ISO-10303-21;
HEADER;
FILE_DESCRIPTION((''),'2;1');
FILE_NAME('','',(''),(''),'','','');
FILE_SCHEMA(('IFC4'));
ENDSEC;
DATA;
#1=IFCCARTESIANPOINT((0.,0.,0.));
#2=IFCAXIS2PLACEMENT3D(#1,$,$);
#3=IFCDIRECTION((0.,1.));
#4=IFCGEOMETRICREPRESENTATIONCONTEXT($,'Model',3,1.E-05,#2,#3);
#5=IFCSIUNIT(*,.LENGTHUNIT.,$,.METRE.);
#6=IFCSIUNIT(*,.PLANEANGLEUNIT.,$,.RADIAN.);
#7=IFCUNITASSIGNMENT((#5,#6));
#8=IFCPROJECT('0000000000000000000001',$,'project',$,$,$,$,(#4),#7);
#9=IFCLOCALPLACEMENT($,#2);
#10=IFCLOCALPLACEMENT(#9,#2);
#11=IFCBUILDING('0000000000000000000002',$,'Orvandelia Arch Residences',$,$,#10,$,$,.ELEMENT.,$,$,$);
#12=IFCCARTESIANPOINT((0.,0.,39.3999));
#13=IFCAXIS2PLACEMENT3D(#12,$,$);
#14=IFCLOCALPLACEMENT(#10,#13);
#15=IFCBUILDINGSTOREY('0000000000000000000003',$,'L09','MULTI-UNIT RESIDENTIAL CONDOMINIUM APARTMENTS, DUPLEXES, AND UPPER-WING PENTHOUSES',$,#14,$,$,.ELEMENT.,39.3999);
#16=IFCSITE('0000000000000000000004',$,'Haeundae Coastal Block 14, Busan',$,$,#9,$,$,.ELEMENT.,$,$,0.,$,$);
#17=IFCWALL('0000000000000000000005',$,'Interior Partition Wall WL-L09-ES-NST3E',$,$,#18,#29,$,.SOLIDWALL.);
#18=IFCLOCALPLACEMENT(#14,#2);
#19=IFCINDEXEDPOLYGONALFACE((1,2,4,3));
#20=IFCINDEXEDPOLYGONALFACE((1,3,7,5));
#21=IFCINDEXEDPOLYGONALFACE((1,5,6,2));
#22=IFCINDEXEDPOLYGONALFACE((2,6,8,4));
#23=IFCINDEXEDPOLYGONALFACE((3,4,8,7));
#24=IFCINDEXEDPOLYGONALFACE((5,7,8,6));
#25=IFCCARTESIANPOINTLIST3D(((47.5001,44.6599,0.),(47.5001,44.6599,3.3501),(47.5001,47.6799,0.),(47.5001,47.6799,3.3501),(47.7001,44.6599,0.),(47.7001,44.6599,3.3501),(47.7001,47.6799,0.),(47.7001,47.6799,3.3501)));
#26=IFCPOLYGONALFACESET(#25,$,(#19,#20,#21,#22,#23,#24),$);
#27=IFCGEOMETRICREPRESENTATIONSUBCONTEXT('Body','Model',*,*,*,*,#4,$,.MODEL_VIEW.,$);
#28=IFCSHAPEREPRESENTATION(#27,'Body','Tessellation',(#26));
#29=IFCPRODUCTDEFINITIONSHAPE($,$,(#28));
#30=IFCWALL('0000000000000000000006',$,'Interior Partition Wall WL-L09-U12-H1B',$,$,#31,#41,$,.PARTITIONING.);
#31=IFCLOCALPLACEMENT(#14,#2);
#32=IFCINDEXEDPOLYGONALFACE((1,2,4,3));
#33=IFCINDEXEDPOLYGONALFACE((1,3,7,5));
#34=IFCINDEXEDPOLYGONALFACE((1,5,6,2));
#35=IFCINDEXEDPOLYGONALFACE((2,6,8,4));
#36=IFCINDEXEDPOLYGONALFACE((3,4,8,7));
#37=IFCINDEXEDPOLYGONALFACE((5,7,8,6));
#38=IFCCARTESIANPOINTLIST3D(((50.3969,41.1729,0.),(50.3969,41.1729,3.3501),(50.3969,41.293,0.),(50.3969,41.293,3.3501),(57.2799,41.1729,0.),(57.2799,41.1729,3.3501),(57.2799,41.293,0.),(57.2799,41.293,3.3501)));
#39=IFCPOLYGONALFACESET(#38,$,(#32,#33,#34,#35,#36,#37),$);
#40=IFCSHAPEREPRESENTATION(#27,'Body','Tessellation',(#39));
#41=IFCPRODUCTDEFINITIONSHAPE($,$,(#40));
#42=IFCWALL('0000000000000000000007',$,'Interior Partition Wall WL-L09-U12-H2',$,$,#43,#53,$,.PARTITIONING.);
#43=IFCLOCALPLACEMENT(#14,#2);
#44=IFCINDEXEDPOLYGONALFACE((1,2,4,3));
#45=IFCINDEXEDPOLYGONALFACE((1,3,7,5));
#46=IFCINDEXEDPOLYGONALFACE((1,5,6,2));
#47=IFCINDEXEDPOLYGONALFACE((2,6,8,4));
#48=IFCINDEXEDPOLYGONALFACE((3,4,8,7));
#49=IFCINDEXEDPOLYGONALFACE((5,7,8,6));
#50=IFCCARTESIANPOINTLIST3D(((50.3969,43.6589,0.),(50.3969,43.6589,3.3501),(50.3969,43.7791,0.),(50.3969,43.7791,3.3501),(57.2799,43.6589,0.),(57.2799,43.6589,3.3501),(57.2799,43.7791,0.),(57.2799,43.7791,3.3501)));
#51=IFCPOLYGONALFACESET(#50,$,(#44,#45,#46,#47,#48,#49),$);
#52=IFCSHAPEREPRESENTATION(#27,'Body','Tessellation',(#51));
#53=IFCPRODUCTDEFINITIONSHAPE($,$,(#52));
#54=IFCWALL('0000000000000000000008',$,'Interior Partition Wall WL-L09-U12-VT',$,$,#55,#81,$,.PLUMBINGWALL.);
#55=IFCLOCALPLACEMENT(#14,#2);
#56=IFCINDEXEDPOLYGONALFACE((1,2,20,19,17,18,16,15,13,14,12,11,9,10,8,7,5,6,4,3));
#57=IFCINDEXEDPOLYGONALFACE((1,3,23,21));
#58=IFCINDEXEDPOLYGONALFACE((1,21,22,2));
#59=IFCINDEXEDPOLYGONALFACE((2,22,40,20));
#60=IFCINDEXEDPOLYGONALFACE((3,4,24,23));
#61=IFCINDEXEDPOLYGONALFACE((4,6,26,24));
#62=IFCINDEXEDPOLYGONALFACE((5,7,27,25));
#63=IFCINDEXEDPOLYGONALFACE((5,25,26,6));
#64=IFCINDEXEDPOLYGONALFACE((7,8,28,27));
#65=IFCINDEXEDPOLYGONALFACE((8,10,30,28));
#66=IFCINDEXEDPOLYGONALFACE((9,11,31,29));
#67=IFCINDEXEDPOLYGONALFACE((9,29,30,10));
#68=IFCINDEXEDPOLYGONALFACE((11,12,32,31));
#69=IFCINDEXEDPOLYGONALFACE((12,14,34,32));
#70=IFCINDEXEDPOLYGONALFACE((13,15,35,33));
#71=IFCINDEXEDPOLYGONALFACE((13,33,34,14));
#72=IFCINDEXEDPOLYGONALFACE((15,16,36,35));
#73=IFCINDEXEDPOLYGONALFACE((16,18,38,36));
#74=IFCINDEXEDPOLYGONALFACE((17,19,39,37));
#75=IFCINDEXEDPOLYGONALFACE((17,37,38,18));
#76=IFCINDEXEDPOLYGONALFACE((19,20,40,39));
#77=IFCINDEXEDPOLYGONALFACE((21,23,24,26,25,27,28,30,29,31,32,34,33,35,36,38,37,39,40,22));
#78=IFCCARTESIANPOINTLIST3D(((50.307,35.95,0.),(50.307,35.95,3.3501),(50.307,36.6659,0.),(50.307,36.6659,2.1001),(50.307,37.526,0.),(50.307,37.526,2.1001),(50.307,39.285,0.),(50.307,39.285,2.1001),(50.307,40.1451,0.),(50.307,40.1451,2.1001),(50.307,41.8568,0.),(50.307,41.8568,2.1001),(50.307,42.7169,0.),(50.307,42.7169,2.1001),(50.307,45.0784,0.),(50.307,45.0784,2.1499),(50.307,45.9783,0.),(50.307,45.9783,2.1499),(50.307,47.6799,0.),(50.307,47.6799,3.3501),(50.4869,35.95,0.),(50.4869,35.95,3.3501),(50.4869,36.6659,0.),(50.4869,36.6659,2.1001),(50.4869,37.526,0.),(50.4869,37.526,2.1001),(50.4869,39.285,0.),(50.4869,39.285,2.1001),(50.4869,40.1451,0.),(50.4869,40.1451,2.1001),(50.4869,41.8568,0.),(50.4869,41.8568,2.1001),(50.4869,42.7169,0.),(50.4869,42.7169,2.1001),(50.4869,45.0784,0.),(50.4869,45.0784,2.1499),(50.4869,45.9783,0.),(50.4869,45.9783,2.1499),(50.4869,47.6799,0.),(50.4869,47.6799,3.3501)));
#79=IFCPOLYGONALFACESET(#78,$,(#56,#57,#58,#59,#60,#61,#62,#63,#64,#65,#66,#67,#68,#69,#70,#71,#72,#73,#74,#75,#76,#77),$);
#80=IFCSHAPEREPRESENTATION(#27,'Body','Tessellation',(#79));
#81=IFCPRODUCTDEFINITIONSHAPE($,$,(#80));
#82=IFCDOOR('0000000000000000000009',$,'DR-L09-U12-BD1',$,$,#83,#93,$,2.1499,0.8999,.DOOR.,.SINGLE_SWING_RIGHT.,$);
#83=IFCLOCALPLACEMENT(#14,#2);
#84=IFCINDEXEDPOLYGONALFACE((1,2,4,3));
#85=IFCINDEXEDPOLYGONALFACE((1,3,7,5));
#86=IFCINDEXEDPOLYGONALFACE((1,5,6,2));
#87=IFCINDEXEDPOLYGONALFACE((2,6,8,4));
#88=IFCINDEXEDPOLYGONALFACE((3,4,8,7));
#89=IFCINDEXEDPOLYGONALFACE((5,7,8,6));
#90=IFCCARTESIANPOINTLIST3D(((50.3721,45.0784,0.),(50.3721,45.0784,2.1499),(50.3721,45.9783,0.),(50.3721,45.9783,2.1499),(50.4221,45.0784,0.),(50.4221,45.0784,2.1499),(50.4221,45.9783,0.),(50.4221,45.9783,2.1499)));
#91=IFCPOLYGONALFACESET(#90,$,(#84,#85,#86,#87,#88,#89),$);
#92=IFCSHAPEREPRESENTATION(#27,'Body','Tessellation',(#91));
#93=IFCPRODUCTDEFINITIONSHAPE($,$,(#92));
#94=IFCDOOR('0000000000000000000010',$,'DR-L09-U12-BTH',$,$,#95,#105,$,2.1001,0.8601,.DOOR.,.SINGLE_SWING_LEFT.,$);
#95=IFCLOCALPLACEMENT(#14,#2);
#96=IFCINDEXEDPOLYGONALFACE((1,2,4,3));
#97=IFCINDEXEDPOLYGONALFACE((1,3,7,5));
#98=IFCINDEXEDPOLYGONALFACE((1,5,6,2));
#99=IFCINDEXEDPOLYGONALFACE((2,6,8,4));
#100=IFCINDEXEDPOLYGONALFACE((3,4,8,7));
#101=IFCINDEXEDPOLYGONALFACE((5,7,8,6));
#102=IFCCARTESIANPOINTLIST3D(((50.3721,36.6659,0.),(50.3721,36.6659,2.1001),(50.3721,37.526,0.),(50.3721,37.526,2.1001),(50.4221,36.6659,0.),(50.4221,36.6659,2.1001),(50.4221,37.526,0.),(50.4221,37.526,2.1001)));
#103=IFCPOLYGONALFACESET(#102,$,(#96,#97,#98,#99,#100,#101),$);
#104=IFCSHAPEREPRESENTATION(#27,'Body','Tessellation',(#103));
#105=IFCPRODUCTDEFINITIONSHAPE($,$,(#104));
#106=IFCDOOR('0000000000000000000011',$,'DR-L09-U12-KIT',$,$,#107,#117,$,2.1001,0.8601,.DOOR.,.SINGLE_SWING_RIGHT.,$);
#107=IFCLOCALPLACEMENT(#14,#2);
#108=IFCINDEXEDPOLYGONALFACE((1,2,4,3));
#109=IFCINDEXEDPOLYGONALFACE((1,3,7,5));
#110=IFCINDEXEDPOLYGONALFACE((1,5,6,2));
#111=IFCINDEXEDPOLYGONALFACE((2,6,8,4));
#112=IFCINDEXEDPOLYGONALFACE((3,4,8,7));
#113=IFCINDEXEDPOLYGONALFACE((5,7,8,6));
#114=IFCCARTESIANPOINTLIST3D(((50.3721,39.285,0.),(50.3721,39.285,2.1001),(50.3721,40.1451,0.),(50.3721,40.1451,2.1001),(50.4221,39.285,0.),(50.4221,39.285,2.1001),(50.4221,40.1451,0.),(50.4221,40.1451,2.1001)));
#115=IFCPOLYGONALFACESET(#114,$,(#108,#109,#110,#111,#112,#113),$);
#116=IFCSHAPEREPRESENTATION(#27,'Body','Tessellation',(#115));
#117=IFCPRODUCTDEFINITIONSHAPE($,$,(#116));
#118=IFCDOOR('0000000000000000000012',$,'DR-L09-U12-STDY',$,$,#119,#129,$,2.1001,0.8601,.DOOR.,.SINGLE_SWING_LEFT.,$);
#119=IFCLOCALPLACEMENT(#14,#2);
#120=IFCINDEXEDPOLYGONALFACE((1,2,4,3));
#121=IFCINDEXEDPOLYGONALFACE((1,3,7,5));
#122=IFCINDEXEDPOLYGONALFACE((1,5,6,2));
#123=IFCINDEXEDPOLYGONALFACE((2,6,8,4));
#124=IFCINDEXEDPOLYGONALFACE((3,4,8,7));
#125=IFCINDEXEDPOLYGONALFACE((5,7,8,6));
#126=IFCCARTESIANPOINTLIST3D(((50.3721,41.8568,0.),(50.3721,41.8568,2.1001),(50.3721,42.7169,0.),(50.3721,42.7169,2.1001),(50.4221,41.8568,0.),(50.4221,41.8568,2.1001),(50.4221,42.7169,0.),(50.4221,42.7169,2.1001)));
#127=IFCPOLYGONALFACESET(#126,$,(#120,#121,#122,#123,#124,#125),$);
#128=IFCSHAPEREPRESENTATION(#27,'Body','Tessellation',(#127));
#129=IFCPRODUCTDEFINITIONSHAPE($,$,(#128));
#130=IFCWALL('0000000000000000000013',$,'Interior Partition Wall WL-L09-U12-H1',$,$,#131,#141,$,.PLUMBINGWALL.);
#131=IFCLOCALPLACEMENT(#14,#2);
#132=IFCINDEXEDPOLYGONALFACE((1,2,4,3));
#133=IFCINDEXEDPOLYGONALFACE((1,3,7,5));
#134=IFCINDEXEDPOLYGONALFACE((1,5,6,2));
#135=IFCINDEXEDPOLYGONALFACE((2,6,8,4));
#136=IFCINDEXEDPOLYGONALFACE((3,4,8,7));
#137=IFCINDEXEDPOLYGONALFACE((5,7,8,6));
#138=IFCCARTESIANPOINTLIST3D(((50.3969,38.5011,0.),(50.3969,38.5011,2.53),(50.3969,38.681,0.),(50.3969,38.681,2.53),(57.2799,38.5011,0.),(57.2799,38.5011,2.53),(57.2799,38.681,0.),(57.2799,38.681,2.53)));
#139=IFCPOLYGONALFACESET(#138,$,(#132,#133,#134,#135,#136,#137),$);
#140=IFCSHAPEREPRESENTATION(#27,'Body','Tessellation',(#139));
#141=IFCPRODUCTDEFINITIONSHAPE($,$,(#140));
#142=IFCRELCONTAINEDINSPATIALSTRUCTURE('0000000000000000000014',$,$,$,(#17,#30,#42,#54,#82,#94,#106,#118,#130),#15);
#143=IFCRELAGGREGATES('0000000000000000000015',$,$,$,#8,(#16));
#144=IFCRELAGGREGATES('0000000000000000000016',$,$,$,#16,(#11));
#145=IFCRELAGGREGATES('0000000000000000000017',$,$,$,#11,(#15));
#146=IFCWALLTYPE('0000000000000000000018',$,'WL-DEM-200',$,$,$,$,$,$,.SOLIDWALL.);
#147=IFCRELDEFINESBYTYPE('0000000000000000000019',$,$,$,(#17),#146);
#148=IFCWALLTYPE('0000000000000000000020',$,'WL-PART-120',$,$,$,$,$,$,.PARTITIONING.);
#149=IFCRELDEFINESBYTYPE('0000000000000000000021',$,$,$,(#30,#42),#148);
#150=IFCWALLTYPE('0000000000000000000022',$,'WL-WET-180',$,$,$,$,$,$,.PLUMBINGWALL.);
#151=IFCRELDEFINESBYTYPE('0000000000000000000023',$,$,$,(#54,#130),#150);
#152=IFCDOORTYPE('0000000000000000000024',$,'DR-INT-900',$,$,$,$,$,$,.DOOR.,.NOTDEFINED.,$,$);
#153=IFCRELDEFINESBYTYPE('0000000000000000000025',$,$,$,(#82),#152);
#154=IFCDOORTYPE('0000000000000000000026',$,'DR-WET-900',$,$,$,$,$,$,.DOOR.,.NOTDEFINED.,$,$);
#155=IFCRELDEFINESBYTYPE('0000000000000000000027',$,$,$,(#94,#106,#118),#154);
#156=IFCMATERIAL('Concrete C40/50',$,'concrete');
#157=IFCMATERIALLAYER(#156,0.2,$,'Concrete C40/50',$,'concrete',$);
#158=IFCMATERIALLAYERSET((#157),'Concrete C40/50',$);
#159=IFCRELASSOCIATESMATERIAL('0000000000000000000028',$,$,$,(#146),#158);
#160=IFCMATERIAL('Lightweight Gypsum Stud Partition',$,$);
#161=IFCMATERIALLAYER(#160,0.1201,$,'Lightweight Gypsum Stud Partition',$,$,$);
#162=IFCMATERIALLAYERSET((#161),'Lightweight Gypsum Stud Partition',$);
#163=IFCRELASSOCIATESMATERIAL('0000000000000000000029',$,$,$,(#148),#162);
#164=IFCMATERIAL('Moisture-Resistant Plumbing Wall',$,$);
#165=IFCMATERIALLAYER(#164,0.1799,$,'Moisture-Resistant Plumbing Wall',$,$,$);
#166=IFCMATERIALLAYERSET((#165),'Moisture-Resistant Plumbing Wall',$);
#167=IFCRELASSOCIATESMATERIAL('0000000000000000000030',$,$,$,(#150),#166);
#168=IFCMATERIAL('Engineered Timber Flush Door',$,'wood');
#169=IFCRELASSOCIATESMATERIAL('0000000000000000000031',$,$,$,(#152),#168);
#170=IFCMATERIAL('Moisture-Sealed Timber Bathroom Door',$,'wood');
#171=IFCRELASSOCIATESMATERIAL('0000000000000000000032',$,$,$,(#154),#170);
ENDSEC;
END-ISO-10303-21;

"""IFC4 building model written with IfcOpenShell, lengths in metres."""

from ifc_helpers import new_model, si_unit, direction, frame, frame_2d, origin, place, context, subcontext, project, spatial, rectangle, extrude, material, layer, layer_set, type_object, element, fill, save


model = new_model("IFC4")

# Units and contexts
model_context = context("Model", 3, precision=1e-05, world=origin(), true_north=direction((0.0, 1.0)))
body_context = subcontext(model_context, "Body", "Model", "MODEL_VIEW")
ifc_project = project(units=[si_unit("LENGTHUNIT", "METRE"), si_unit("PLANEANGLEUNIT", "RADIAN")], contexts=[model_context])

# Site, building, storey
site_placement = place(None, origin())
site = spatial("IfcSite", under=ifc_project, at=site_placement, Name="Haeundae Coastal Block 14, Busan", CompositionType="ELEMENT", RefElevation=0.0)
building_placement = place(site_placement, origin())
building = spatial("IfcBuilding", under=site, at=building_placement, Name="Orvandelia Arch Residences", CompositionType="ELEMENT")
storey_placement = place(building_placement, frame((0.0, 0.0, 39.3999)))
storey = spatial("IfcBuildingStorey", under=building, at=storey_placement, Name="L09", Description="MULTI-UNIT RESIDENTIAL CONDOMINIUM APARTMENTS, DUPLEXES, AND UPPER-WING PENTHOUSES", CompositionType="ELEMENT", Elevation=39.3999)

# Walls
ifc_material_1 = material(Name="Concrete C40/50", Category="concrete")
ifc_layer_1 = layer(ifc_material_1, 0.2, Name="Concrete C40/50", Category="concrete")
ifc_layer_set_1 = layer_set([ifc_layer_1], Name="Concrete C40/50")
wall_type_1 = type_object("IfcWallType", Name="WL-DEM-200", PredefinedType="SOLIDWALL", material=ifc_layer_set_1)
wall_1_placement = place(storey_placement, frame((47.6001, 44.6599, 0.0), z_axis=(0.0, 0.0, 1.0), x_axis=(0.0, 1.0, 0.0)))
element("IfcWall", 1, at=wall_1_placement, inside=storey, type_object=wall_type_1, Name="Interior Partition Wall WL-L09-ES-NST3E", PredefinedType="SOLIDWALL", context=body_context, shape_type="SweptSolid", body=[
    extrude(rectangle(XDim=3.02, YDim=0.2, at=frame_2d((1.51, 0.0))), origin(), (0.0, 0.0, 1.0), 3.3501),
])
ifc_material_2 = material(Name="Lightweight Gypsum Stud Partition")
ifc_layer_2 = layer(ifc_material_2, 0.1201, Name="Lightweight Gypsum Stud Partition")
ifc_layer_set_2 = layer_set([ifc_layer_2], Name="Lightweight Gypsum Stud Partition")
wall_type_2 = type_object("IfcWallType", Name="WL-PART-120", PredefinedType="PARTITIONING", material=ifc_layer_set_2)
for number, where, z_axis, x_axis, name in (
    (2, (50.397, 41.2329, 0.0), (0.0, 0.0, 1.0), (1.0, 0.0, 0.0), "Interior Partition Wall WL-L09-U12-H1B"),
    (3, (50.397, 43.719, 0.0), (0.0, 0.0, 1.0), (1.0, 0.0, 0.0), "Interior Partition Wall WL-L09-U12-H2"),
):
    element("IfcWall", number, at=place(storey_placement, frame(where, z_axis=z_axis, x_axis=x_axis)), inside=storey, type_object=wall_type_2, Name=name, PredefinedType="PARTITIONING", context=body_context, shape_type="SweptSolid", body=[
        extrude(rectangle(XDim=6.8831, YDim=0.1201, at=frame_2d((3.4414, 0.0))), origin(), (0.0, 0.0, 1.0), 3.3501),
    ])

# Wall, openings, doors
ifc_material_3 = material(Name="Moisture-Resistant Plumbing Wall")
ifc_layer_3 = layer(ifc_material_3, 0.1799, Name="Moisture-Resistant Plumbing Wall")
ifc_layer_set_3 = layer_set([ifc_layer_3], Name="Moisture-Resistant Plumbing Wall")
wall_type_3 = type_object("IfcWallType", Name="WL-WET-180", PredefinedType="PLUMBINGWALL", material=ifc_layer_set_3)
wall_2_placement = place(storey_placement, frame((50.397, 35.95, 0.0), z_axis=(0.0, 0.0, 1.0), x_axis=(0.0, 1.0, 0.0)))
wall_2 = element("IfcWall", 4, at=wall_2_placement, inside=storey, type_object=wall_type_3, Name="Interior Partition Wall WL-L09-U12-VT", PredefinedType="PLUMBINGWALL", context=body_context, shape_type="SweptSolid", body=[
    extrude(rectangle(XDim=11.73, YDim=0.1799, at=frame_2d((5.865, 0.0))), origin(), (0.0, 0.0, 1.0), 3.3501),
])
opening_1_placement = place(wall_2_placement, frame((0.7158, 0.0, 0.0)))
opening_1 = element("IfcOpeningElement", 5, at=opening_1_placement, cuts=wall_2, PredefinedType="OPENING", context=body_context, shape_type="SweptSolid", body=[
    extrude(rectangle(XDim=0.8601, YDim=2.1001, at=frame_2d((0.4302, 1.05))), frame((0.0, 0.1001, 0.0), z_axis=(0.0, -1.0, 0.0), x_axis=(1.0, 0.0, 0.0)), (0.0, 0.0, 1.0), 0.2),
])
opening_2_placement = place(wall_2_placement, frame((3.335, 0.0, 0.0)))
opening_2 = element("IfcOpeningElement", 6, at=opening_2_placement, cuts=wall_2, PredefinedType="OPENING", context=body_context, shape_type="SweptSolid", body=[
    extrude(rectangle(XDim=0.8601, YDim=2.1001, at=frame_2d((0.4302, 1.05))), frame((0.0, 0.1001, 0.0), z_axis=(0.0, -1.0, 0.0), x_axis=(1.0, 0.0, 0.0)), (0.0, 0.0, 1.0), 0.2),
])
opening_3_placement = place(wall_2_placement, frame((5.9067, 0.0, 0.0)))
opening_3 = element("IfcOpeningElement", 7, at=opening_3_placement, cuts=wall_2, PredefinedType="OPENING", context=body_context, shape_type="SweptSolid", body=[
    extrude(rectangle(XDim=0.8601, YDim=2.1001, at=frame_2d((0.4302, 1.05))), frame((0.0, 0.1001, 0.0), z_axis=(0.0, -1.0, 0.0), x_axis=(1.0, 0.0, 0.0)), (0.0, 0.0, 1.0), 0.2),
])
opening_4_placement = place(wall_2_placement, frame((9.1284, 0.0, 0.0)))
opening_4 = element("IfcOpeningElement", 8, at=opening_4_placement, cuts=wall_2, PredefinedType="OPENING", context=body_context, shape_type="SweptSolid", body=[
    extrude(rectangle(XDim=0.8999, YDim=2.1499, at=frame_2d((0.45, 1.075))), frame((0.0, 0.1001, 0.0), z_axis=(0.0, -1.0, 0.0), x_axis=(1.0, 0.0, 0.0)), (0.0, 0.0, 1.0), 0.2),
])
ifc_material_4 = material(Name="Engineered Timber Flush Door", Category="wood")
door_type_1 = type_object("IfcDoorType", Name="DR-INT-900", OperationType="NOTDEFINED", PredefinedType="DOOR", material=ifc_material_4)
door_1_placement = place(opening_4_placement, origin())
door_1 = element("IfcDoor", 9, at=door_1_placement, inside=storey, type_object=door_type_1, Name="DR-L09-U12-BD1", OperationType="SINGLE_SWING_RIGHT", OverallHeight=2.1499, OverallWidth=0.8999, PredefinedType="DOOR", context=body_context, shape_type="SweptSolid", body=[
    extrude(rectangle(XDim=0.8999, YDim=2.1499, at=frame_2d((0.45, 1.075))), frame((0.0, 0.0249, 0.0), z_axis=(0.0, -1.0, 0.0), x_axis=(1.0, 0.0, 0.0)), (0.0, 0.0, 1.0), 0.05),
])
fill(opening_4, door_1)
ifc_material_5 = material(Name="Moisture-Sealed Timber Bathroom Door", Category="wood")
door_type_2 = type_object("IfcDoorType", Name="DR-WET-900", OperationType="NOTDEFINED", PredefinedType="DOOR", material=ifc_material_5)
door_2_placement = place(opening_1_placement, origin())
door_2 = element("IfcDoor", 10, at=door_2_placement, inside=storey, type_object=door_type_2, Name="DR-L09-U12-BTH", OperationType="SINGLE_SWING_LEFT", OverallHeight=2.1001, OverallWidth=0.8601, PredefinedType="DOOR", context=body_context, shape_type="SweptSolid", body=[
    extrude(rectangle(XDim=0.8601, YDim=2.1001, at=frame_2d((0.4302, 1.05))), frame((0.0, 0.0249, 0.0), z_axis=(0.0, -1.0, 0.0), x_axis=(1.0, 0.0, 0.0)), (0.0, 0.0, 1.0), 0.05),
])
fill(opening_1, door_2)
door_3_placement = place(opening_2_placement, origin())
door_3 = element("IfcDoor", 11, at=door_3_placement, inside=storey, type_object=door_type_2, Name="DR-L09-U12-KIT", OperationType="SINGLE_SWING_RIGHT", OverallHeight=2.1001, OverallWidth=0.8601, PredefinedType="DOOR", context=body_context, shape_type="SweptSolid", body=[
    extrude(rectangle(XDim=0.8601, YDim=2.1001, at=frame_2d((0.4302, 1.05))), frame((0.0, 0.0249, 0.0), z_axis=(0.0, -1.0, 0.0), x_axis=(1.0, 0.0, 0.0)), (0.0, 0.0, 1.0), 0.05),
])
fill(opening_2, door_3)
door_4_placement = place(opening_3_placement, origin())
door_4 = element("IfcDoor", 12, at=door_4_placement, inside=storey, type_object=door_type_2, Name="DR-L09-U12-STDY", OperationType="SINGLE_SWING_LEFT", OverallHeight=2.1001, OverallWidth=0.8601, PredefinedType="DOOR", context=body_context, shape_type="SweptSolid", body=[
    extrude(rectangle(XDim=0.8601, YDim=2.1001, at=frame_2d((0.4302, 1.05))), frame((0.0, 0.0249, 0.0), z_axis=(0.0, -1.0, 0.0), x_axis=(1.0, 0.0, 0.0)), (0.0, 0.0, 1.0), 0.05),
])
fill(opening_3, door_4)

# Wall
wall_3_placement = place(storey_placement, frame((50.397, 38.5911, 0.0), z_axis=(0.0, 0.0, 1.0), x_axis=(1.0, 0.0, 0.0)))
element("IfcWall", 13, at=wall_3_placement, inside=storey, type_object=wall_type_3, Name="Interior Partition Wall WL-L09-U12-H1", PredefinedType="PLUMBINGWALL", context=body_context, shape_type="SweptSolid", body=[
    extrude(rectangle(XDim=6.8831, YDim=0.1799, at=frame_2d((3.4414, 0.0))), origin(), (0.0, 0.0, 1.0), 2.53),
])

save(model, "model.ifc")
